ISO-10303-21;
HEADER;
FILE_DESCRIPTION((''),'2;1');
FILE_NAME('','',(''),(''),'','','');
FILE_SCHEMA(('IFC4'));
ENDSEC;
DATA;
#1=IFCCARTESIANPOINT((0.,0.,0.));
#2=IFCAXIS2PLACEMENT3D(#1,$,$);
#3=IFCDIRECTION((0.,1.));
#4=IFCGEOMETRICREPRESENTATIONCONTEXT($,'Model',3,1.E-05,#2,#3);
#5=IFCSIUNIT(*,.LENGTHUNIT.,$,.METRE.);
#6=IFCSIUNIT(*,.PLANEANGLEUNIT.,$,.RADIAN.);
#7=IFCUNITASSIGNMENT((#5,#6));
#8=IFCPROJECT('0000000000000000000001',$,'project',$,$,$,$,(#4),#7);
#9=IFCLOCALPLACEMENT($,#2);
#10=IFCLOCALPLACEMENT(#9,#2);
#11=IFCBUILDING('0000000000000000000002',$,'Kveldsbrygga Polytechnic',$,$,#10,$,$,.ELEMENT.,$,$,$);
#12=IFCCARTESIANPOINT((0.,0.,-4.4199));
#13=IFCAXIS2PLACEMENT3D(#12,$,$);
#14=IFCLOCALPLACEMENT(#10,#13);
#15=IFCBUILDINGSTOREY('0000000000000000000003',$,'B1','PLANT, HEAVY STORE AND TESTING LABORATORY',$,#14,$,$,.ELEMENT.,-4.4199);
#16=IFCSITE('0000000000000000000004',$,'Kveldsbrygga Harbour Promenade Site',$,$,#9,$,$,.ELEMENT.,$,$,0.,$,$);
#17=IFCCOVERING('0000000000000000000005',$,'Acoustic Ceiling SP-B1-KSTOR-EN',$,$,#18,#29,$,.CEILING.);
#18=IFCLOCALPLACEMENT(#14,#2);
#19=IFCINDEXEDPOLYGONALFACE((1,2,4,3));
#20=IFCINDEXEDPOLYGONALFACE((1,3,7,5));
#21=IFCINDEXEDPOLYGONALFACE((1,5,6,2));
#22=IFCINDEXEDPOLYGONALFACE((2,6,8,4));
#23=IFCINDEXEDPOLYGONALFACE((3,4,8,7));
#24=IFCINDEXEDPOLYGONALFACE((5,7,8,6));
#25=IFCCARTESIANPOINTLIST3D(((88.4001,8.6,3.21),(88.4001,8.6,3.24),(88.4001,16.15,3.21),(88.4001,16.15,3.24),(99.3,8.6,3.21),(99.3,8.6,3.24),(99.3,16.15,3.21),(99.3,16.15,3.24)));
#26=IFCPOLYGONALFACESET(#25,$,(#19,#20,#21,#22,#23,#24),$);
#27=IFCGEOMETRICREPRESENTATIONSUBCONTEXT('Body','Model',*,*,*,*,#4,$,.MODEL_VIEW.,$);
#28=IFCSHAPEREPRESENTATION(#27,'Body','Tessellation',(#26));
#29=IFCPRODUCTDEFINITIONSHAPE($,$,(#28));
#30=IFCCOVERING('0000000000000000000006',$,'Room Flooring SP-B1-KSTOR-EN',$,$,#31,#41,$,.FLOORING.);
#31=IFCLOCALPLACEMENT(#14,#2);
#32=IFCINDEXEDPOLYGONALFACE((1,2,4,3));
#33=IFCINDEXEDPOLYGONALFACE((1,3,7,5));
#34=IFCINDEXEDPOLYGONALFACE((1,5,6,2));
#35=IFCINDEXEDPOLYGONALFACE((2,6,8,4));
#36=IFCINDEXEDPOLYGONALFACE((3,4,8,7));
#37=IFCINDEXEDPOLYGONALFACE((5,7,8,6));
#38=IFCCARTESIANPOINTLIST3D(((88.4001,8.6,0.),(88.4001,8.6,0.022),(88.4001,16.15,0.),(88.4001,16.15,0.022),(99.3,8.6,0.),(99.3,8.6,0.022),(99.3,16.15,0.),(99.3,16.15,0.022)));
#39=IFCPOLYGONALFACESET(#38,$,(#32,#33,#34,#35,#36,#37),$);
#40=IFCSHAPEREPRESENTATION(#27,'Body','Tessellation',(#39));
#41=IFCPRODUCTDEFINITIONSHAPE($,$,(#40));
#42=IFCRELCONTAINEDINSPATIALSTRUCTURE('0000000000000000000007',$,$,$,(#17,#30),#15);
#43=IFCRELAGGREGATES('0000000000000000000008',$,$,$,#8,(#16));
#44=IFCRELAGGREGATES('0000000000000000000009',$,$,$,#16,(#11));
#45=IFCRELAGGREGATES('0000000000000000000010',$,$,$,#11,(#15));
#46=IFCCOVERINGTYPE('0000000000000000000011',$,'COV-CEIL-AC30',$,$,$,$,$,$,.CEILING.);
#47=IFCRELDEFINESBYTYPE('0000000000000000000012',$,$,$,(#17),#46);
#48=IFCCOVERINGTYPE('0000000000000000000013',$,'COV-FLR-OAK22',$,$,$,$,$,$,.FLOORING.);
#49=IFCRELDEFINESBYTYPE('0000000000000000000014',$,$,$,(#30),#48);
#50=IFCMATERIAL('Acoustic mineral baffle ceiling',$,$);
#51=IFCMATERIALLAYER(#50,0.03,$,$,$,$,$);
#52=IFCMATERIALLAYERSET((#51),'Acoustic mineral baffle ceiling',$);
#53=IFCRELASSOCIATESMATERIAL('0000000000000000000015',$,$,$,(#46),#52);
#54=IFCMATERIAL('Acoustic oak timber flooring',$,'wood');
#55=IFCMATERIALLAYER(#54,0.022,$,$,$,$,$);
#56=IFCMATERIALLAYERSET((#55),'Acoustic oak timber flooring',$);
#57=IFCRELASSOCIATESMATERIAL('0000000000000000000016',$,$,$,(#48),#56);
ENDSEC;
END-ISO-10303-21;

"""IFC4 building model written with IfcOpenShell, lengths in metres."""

from ifc_helpers import new_model, si_unit, direction, frame, origin, origin_2d, place, context, subcontext, project, spatial, rectangle, extrude, material, layer, layer_set, type_object, element, save


model = new_model("IFC4")

# Units and contexts
model_context = context("Model", 3, precision=1e-05, world=origin(), true_north=direction((0.0, 1.0)))
body_context = subcontext(model_context, "Body", "Model", "MODEL_VIEW")
ifc_project = project(units=[si_unit("LENGTHUNIT", "METRE"), si_unit("PLANEANGLEUNIT", "RADIAN")], contexts=[model_context])

# Site, building, storey
site_placement = place(None, origin())
site = spatial("IfcSite", under=ifc_project, at=site_placement, Name="Kveldsbrygga Harbour Promenade Site", CompositionType="ELEMENT", RefElevation=0.0)
building_placement = place(site_placement, origin())
building = spatial("IfcBuilding", under=site, at=building_placement, Name="Kveldsbrygga Polytechnic", CompositionType="ELEMENT")
storey_placement = place(building_placement, frame((0.0, 0.0, -4.4199)))
storey = spatial("IfcBuildingStorey", under=building, at=storey_placement, Name="B1", Description="PLANT, HEAVY STORE AND TESTING LABORATORY", CompositionType="ELEMENT", Elevation=-4.4199)

# Coverings
ifc_material_1 = material(Name="Acoustic mineral baffle ceiling")
ifc_layer_1 = layer(ifc_material_1, 0.03)
ifc_layer_set_1 = layer_set([ifc_layer_1], Name="Acoustic mineral baffle ceiling")
covering_type_1 = type_object("IfcCoveringType", Name="COV-CEIL-AC30", PredefinedType="CEILING", material=ifc_layer_set_1)
covering_1_placement = place(storey_placement, frame((93.8501, 12.375, 3.21), z_axis=(0.0, 0.0, 1.0), x_axis=(1.0, 0.0, 0.0)))
element("IfcCovering", 1, at=covering_1_placement, inside=storey, type_object=covering_type_1, Name="Acoustic Ceiling SP-B1-KSTOR-EN", PredefinedType="CEILING", context=body_context, shape_type="SweptSolid", body=[
    extrude(rectangle(XDim=10.8999, YDim=7.55, at=origin_2d()), origin(), (0.0, 0.0, 1.0), 0.03),
])
ifc_material_2 = material(Name="Acoustic oak timber flooring", Category="wood")
ifc_layer_2 = layer(ifc_material_2, 0.022)
ifc_layer_set_2 = layer_set([ifc_layer_2], Name="Acoustic oak timber flooring")
covering_type_2 = type_object("IfcCoveringType", Name="COV-FLR-OAK22", PredefinedType="FLOORING", material=ifc_layer_set_2)
covering_2_placement = place(storey_placement, frame((93.8501, 12.375, 0.0), z_axis=(0.0, 0.0, 1.0), x_axis=(1.0, 0.0, 0.0)))
element("IfcCovering", 2, at=covering_2_placement, inside=storey, type_object=covering_type_2, Name="Room Flooring SP-B1-KSTOR-EN", PredefinedType="FLOORING", context=body_context, shape_type="SweptSolid", body=[
    extrude(rectangle(XDim=10.8999, YDim=7.55, at=origin_2d()), origin(), (0.0, 0.0, 1.0), 0.022),
])

save(model, "model.ifc")
